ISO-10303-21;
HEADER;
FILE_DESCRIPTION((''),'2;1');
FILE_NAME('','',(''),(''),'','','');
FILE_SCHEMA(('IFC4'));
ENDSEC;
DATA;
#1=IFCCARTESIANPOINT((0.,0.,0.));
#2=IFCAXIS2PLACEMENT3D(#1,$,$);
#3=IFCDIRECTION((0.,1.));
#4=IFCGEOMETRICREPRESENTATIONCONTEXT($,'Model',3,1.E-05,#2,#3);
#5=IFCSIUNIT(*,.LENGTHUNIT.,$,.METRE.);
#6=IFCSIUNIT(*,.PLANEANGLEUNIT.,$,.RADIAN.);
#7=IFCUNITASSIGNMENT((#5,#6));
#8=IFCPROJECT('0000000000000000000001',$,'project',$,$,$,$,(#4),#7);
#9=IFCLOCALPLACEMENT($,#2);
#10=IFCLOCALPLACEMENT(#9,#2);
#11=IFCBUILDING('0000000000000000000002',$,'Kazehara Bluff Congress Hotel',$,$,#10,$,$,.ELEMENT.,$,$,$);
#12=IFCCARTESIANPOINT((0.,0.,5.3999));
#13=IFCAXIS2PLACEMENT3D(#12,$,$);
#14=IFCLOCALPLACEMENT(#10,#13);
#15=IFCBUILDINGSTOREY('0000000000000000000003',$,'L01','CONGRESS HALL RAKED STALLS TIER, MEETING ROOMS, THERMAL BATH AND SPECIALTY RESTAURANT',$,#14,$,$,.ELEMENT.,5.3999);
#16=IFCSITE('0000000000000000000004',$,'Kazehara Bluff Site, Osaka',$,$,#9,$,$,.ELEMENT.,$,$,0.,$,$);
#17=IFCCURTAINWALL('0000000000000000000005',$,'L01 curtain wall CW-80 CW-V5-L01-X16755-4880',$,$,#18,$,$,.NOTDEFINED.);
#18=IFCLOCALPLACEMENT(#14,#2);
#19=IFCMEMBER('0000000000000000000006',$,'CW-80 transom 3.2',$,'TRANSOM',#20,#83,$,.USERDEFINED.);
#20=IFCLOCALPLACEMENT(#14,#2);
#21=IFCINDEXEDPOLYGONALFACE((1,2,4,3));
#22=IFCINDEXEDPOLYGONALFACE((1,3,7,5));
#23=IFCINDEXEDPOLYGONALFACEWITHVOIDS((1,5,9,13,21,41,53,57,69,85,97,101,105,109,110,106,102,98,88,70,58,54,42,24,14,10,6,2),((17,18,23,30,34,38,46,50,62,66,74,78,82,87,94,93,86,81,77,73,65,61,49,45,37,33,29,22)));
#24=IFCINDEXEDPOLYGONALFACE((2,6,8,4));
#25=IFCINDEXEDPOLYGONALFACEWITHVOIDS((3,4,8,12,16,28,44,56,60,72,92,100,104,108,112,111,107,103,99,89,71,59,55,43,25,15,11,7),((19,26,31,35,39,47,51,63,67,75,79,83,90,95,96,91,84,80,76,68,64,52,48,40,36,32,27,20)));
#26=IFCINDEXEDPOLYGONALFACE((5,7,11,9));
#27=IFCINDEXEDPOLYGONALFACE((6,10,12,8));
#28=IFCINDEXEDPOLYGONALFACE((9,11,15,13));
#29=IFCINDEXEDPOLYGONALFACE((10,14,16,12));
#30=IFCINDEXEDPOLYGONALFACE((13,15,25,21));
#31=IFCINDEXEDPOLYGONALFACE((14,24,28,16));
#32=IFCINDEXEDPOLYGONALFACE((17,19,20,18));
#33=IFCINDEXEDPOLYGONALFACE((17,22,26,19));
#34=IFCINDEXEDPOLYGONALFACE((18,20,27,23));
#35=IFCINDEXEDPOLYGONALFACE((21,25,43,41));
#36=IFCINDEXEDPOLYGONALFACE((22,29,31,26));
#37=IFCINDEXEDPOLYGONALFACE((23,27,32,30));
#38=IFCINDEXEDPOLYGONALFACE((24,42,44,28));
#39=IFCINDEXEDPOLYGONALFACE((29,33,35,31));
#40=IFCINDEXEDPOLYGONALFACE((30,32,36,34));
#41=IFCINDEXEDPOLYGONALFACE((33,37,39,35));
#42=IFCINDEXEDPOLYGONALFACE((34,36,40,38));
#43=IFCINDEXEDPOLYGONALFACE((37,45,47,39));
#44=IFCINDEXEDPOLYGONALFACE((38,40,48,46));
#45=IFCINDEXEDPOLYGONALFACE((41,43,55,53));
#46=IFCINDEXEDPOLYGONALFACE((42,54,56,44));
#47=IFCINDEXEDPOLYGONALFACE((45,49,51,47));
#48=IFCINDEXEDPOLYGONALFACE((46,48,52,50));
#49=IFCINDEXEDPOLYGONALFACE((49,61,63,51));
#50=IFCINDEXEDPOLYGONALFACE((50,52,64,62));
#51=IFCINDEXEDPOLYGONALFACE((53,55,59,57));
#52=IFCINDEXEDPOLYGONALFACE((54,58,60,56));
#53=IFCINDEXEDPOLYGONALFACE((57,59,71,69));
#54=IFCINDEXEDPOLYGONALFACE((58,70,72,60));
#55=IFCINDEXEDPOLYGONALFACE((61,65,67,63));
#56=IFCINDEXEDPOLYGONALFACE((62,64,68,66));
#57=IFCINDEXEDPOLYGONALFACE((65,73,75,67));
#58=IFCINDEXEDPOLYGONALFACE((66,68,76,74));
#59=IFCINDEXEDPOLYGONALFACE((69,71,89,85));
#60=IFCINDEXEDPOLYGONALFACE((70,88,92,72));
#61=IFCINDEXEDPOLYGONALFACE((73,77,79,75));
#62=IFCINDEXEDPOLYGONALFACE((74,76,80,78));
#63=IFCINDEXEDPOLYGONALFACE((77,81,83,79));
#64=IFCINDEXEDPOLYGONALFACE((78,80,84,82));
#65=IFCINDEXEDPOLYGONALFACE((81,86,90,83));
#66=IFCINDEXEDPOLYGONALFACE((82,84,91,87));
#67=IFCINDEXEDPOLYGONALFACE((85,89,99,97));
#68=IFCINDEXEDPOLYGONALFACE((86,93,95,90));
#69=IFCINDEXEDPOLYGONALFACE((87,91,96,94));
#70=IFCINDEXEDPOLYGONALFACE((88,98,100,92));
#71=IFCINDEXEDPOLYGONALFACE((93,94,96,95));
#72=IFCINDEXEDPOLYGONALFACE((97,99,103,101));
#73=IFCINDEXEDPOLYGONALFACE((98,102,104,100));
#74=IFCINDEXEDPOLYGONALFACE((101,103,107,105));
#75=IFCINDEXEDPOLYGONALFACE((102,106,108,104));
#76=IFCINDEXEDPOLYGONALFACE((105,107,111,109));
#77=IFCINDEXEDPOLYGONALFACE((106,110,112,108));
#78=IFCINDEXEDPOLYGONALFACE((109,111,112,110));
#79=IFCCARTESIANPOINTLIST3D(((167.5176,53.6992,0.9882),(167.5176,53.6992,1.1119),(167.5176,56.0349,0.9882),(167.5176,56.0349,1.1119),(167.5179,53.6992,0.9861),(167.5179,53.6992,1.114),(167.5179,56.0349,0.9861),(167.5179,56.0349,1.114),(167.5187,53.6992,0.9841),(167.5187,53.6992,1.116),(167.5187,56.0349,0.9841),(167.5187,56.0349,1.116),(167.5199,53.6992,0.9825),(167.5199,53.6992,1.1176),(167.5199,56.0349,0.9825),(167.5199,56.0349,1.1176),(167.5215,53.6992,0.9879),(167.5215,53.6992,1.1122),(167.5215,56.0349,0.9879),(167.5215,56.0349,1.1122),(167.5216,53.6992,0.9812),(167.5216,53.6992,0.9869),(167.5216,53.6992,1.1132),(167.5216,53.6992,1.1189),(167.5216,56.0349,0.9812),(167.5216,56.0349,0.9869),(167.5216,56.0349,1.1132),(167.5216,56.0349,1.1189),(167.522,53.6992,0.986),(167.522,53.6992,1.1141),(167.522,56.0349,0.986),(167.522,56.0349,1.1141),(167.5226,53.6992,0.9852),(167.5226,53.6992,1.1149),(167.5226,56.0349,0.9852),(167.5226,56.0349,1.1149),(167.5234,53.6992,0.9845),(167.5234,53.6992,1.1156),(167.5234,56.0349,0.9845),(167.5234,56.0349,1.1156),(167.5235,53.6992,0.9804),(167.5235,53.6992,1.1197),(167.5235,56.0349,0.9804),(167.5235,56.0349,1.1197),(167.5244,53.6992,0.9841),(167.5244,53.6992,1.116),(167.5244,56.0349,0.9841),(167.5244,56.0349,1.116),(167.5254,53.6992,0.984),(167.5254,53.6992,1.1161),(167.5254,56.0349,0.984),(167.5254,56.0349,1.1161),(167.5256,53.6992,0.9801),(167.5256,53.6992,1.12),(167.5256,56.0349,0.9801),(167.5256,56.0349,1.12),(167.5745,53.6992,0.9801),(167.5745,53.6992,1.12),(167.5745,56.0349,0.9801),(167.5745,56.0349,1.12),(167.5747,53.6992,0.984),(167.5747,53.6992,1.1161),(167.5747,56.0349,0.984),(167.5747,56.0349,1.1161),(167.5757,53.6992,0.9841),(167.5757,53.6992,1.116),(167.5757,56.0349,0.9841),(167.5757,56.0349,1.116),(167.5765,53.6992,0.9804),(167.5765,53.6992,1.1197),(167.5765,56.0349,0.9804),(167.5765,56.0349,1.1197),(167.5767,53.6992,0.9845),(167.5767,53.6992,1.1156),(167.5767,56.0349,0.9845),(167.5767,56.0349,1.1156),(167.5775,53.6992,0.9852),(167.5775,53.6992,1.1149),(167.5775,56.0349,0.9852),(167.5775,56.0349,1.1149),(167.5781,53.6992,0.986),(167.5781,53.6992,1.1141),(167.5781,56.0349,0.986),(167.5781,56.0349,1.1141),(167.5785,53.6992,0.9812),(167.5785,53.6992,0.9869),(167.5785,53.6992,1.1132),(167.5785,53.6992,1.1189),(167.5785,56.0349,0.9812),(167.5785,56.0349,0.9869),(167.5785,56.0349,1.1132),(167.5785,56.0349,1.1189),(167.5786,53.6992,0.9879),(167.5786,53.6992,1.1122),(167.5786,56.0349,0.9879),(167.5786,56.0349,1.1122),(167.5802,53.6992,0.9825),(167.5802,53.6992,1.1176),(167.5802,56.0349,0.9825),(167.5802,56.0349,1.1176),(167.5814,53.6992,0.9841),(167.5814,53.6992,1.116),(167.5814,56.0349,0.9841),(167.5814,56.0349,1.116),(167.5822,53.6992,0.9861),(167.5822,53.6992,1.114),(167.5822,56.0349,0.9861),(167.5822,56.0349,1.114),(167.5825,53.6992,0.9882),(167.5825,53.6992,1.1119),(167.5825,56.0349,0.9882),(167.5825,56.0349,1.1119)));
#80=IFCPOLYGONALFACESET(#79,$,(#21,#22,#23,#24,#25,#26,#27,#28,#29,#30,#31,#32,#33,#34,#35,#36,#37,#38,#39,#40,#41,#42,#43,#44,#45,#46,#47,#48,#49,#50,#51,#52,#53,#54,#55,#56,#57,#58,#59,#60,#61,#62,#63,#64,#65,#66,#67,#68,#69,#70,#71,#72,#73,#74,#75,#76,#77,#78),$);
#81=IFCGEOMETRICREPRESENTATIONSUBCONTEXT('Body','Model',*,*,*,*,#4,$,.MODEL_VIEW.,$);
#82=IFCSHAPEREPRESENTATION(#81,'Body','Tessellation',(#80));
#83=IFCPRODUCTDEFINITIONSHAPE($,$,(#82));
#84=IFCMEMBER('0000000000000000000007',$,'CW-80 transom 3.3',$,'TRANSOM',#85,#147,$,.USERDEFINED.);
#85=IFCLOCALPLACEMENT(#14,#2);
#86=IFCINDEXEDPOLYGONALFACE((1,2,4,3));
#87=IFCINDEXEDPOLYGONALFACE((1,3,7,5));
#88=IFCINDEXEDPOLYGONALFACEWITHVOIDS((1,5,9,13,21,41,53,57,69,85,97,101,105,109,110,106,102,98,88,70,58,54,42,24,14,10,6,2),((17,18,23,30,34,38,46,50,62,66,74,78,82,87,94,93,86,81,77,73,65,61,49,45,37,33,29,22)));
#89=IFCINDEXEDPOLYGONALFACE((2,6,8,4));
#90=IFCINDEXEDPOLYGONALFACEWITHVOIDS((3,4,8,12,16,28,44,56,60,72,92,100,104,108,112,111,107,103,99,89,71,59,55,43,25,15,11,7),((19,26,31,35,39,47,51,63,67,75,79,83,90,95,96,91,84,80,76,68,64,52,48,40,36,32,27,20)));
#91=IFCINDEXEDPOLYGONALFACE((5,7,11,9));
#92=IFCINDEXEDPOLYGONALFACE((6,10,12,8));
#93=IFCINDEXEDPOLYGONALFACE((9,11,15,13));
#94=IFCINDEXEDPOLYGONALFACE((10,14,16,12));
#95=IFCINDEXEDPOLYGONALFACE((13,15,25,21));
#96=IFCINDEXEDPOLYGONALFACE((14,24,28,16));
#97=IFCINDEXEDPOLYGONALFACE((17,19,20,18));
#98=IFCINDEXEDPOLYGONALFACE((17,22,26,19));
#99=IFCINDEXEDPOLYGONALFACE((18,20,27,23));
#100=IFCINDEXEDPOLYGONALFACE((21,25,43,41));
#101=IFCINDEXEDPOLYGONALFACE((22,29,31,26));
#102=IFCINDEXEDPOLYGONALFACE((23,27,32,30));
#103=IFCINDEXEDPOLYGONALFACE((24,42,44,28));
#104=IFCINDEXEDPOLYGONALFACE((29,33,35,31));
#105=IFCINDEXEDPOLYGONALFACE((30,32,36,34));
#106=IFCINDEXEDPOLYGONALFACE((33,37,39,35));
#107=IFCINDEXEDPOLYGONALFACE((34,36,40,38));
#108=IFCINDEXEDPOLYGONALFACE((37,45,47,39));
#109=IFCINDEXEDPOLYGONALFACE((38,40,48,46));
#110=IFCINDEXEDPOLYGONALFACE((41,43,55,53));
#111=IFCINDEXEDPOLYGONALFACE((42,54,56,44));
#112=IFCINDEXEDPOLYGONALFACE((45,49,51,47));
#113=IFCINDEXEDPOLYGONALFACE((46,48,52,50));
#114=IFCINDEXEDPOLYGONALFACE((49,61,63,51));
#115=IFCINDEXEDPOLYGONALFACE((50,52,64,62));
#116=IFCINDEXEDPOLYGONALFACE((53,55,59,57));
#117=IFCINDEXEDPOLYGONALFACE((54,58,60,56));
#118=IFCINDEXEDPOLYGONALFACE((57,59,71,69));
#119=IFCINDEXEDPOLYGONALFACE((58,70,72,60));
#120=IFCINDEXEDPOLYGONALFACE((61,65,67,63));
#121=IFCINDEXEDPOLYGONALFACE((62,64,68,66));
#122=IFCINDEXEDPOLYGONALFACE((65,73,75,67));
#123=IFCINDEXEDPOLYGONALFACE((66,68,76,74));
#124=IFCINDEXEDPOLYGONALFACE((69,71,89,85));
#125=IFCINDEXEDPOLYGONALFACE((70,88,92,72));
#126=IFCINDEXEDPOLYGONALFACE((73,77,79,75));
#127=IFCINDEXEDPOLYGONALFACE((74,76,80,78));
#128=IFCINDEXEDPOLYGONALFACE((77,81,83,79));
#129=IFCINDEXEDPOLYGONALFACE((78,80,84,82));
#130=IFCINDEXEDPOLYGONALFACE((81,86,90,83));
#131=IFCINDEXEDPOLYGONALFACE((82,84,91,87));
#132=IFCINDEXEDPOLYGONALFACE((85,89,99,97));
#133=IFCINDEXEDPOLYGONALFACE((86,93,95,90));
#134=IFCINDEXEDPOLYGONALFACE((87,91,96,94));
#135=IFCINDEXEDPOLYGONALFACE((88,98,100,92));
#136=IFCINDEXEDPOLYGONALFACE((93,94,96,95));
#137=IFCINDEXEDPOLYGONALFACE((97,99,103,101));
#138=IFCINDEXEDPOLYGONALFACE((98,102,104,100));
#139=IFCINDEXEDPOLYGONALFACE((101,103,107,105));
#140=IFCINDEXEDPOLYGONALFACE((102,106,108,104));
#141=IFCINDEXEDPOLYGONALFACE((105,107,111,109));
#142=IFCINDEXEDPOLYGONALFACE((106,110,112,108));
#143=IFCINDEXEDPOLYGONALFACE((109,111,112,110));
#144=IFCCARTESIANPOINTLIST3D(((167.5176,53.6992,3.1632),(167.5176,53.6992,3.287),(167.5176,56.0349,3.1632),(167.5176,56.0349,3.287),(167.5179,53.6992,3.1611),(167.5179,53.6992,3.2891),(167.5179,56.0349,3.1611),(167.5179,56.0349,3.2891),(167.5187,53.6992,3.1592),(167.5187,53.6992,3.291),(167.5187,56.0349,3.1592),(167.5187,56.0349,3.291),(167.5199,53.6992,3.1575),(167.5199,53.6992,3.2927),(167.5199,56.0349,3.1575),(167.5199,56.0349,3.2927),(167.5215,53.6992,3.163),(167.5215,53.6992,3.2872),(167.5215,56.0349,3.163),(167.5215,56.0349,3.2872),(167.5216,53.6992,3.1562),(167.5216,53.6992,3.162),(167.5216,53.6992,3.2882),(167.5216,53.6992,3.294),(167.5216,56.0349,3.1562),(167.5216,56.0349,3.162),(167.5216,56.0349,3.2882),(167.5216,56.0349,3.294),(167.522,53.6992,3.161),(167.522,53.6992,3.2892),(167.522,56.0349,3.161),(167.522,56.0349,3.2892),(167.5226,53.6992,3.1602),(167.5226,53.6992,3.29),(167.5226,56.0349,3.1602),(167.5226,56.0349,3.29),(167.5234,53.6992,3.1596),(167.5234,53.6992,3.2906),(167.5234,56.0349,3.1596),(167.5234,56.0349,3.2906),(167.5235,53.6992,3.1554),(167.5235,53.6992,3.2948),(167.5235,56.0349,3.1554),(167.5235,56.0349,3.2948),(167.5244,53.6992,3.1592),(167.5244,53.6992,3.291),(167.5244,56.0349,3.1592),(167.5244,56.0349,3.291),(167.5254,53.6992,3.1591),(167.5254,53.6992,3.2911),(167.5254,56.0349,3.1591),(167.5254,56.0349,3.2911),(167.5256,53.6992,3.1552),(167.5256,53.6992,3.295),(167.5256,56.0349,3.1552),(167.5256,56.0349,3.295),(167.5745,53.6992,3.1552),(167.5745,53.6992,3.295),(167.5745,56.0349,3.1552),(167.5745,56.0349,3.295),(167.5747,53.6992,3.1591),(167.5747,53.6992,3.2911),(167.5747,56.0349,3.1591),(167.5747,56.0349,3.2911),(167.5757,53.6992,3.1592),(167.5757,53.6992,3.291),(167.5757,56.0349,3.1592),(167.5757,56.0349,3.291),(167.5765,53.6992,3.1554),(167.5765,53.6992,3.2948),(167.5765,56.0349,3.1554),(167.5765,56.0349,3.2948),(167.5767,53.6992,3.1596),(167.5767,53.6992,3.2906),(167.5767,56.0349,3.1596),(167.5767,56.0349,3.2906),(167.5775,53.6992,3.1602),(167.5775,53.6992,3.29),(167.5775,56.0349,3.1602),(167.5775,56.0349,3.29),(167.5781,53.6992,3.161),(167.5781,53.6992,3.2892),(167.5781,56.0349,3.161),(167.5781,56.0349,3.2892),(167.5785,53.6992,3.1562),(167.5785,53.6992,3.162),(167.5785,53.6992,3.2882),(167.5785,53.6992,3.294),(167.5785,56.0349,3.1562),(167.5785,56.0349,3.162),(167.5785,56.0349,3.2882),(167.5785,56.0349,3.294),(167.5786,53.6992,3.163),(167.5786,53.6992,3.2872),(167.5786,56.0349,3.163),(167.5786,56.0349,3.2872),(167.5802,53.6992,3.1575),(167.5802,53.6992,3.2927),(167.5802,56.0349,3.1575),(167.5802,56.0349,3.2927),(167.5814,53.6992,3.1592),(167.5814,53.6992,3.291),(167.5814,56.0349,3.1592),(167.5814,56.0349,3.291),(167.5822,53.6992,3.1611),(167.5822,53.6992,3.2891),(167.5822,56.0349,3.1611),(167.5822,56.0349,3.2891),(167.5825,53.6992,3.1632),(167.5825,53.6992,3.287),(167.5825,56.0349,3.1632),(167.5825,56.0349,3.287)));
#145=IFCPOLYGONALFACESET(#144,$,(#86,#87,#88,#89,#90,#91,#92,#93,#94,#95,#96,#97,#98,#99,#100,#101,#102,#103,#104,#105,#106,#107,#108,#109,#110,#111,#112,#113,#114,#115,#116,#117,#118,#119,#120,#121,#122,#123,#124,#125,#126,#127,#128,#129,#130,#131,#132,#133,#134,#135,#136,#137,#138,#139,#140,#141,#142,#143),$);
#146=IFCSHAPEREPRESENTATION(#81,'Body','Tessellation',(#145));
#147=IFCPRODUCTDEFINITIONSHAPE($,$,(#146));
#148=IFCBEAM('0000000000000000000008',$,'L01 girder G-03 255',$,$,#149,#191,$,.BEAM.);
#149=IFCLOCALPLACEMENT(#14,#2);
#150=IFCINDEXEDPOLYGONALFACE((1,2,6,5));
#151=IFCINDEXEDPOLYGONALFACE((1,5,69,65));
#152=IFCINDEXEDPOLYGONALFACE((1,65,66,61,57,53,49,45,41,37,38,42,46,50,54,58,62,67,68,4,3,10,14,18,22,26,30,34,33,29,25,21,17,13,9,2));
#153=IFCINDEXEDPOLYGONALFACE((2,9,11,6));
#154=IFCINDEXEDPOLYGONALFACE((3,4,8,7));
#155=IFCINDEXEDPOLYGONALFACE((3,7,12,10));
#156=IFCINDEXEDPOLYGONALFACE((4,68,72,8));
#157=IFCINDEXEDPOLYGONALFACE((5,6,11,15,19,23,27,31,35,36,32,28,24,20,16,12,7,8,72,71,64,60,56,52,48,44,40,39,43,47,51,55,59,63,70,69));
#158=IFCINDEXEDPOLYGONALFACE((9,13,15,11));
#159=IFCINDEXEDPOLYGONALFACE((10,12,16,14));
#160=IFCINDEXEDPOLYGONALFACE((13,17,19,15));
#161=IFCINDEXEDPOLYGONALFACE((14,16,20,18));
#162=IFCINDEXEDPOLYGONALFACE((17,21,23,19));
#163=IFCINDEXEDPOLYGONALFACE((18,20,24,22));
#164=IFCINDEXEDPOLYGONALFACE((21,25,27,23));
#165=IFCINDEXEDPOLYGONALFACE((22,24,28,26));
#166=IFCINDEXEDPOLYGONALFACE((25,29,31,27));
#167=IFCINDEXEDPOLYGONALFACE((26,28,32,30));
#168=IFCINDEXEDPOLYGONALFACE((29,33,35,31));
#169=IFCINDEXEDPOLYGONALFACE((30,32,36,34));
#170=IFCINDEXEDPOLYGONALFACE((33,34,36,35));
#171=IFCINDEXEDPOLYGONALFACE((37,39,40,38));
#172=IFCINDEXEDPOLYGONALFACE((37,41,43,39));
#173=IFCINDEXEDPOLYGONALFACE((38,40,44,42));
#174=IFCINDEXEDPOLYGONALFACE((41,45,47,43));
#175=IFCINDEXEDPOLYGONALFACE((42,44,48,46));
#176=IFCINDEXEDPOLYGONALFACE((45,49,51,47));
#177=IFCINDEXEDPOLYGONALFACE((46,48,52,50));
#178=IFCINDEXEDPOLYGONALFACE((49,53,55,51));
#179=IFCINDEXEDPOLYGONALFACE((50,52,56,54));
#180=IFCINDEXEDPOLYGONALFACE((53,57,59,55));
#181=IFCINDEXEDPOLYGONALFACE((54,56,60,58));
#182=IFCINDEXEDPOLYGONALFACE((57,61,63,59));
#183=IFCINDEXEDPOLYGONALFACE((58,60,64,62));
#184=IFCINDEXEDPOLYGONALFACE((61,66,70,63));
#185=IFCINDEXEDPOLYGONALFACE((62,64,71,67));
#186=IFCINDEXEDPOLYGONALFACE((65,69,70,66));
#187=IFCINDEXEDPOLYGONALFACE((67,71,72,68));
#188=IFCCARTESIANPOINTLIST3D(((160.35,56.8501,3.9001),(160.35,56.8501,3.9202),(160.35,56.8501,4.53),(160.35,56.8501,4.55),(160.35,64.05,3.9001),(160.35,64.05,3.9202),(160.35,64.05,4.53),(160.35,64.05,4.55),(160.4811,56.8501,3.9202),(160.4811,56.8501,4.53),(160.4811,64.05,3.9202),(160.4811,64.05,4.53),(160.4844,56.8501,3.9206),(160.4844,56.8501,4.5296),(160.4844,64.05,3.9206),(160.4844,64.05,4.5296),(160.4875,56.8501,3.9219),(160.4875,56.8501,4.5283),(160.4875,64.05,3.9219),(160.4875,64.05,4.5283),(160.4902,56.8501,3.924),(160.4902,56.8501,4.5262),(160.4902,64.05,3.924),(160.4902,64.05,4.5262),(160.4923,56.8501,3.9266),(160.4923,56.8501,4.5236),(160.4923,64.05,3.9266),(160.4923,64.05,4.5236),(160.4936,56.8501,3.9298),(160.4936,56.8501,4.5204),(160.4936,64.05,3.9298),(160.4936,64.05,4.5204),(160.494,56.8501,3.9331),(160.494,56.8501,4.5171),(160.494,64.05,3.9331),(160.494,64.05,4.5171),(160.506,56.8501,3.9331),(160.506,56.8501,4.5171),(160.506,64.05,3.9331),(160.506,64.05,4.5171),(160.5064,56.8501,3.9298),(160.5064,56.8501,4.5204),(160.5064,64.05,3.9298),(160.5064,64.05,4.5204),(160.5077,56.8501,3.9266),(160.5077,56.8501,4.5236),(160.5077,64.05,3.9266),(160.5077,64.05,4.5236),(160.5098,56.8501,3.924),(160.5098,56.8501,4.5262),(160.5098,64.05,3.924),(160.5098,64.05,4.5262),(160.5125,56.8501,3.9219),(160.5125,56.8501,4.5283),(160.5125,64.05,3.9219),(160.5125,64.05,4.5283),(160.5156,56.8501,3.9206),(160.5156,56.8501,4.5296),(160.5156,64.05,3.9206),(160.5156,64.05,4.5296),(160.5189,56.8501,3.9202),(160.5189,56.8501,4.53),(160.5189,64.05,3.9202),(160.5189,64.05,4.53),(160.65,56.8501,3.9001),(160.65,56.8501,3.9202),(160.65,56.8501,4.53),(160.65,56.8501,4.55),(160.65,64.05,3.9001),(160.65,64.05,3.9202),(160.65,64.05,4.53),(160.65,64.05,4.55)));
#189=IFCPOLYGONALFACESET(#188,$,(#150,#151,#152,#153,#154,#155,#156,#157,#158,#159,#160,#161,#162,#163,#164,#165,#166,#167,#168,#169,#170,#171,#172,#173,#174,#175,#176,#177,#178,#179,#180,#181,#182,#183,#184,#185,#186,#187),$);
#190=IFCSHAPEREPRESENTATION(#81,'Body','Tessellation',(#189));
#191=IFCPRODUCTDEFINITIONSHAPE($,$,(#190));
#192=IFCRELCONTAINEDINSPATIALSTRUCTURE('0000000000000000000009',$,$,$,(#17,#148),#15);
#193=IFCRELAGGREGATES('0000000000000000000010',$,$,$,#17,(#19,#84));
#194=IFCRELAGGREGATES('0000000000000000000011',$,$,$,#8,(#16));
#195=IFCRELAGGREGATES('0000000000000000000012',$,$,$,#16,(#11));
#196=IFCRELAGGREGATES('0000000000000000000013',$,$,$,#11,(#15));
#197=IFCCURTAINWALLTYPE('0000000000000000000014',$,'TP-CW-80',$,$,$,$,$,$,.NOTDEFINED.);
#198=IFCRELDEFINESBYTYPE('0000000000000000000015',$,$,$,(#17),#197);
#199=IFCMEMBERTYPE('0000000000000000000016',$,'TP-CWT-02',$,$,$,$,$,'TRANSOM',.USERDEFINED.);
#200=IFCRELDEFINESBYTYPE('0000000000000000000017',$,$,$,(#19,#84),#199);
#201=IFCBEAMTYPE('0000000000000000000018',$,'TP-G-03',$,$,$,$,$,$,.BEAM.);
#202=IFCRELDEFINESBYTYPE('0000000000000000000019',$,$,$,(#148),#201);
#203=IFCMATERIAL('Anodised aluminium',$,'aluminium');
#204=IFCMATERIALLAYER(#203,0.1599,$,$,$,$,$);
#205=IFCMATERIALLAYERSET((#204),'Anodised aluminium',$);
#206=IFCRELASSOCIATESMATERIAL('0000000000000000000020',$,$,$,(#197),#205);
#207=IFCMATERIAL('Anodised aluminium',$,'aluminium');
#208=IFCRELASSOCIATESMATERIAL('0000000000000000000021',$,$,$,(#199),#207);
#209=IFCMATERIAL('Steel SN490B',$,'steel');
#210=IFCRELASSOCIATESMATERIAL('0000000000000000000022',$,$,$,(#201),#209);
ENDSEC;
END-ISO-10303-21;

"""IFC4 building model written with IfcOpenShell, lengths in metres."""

from ifc_helpers import new_model, si_unit, direction, frame, origin, origin_2d, place, context, subcontext, project, spatial, hollow_rectangle, i_section, extrude, material, layer, layer_set, material_profile, profile_set, type_object, element, aggregate, save


model = new_model("IFC4")

# Units and contexts
model_context = context("Model", 3, precision=1e-05, world=origin(), true_north=direction((0.0, 1.0)))
body_context = subcontext(model_context, "Body", "Model", "MODEL_VIEW")
ifc_project = project(units=[si_unit("LENGTHUNIT", "METRE"), si_unit("PLANEANGLEUNIT", "RADIAN")], contexts=[model_context])

# Site, building, storey
site_placement = place(None, origin())
site = spatial("IfcSite", under=ifc_project, at=site_placement, Name="Kazehara Bluff Site, Osaka", CompositionType="ELEMENT", RefElevation=0.0)
building_placement = place(site_placement, origin())
building = spatial("IfcBuilding", under=site, at=building_placement, Name="Kazehara Bluff Congress Hotel", CompositionType="ELEMENT")
storey_placement = place(building_placement, frame((0.0, 0.0, 5.3999)))
storey = spatial("IfcBuildingStorey", under=building, at=storey_placement, Name="L01", Description="CONGRESS HALL RAKED STALLS TIER, MEETING ROOMS, THERMAL BATH AND SPECIALTY RESTAURANT", CompositionType="ELEMENT", Elevation=5.3999)

# Curtain wall, members
ifc_material_1 = material(Name="Anodised aluminium", Category="aluminium")
ifc_layer_1 = layer(ifc_material_1, 0.1599)
ifc_layer_set_1 = layer_set([ifc_layer_1], Name="Anodised aluminium")
curtain_wall_type = type_object("IfcCurtainWallType", Name="TP-CW-80", PredefinedType="NOTDEFINED", material=ifc_layer_set_1)
curtain_wall_placement = place(storey_placement, origin())
curtain_wall = element("IfcCurtainWall", 1, at=curtain_wall_placement, inside=storey, type_object=curtain_wall_type, Name="L01 curtain wall CW-80 CW-V5-L01-X16755-4880", PredefinedType="NOTDEFINED")
ifc_material_2 = material(Name="Anodised aluminium", Category="aluminium")
ifc_material_profile_1 = material_profile(ifc_material_2, hollow_rectangle(XDim=0.0649, YDim=0.1399, WallThickness=0.0039, InnerFilletRadius=0.0039, OuterFilletRadius=0.0081, at=origin_2d()))
ifc_profile_set_1 = profile_set([ifc_material_profile_1], Name="Anodised aluminium")
member_type_1 = type_object("IfcMemberType", Name="TP-CWT-02", ElementType="TRANSOM", PredefinedType="USERDEFINED", material=ifc_profile_set_1)
member_1_placement = place(storey_placement, frame((167.55, 53.6992, 1.05), z_axis=(0.0, 1.0, 0.0), x_axis=(-1.0, 0.0, 0.0)))
member_1 = element("IfcMember", 2, at=member_1_placement, type_object=member_type_1, Name="CW-80 transom 3.2", ObjectType="TRANSOM", PredefinedType="USERDEFINED", context=body_context, shape_type="SweptSolid", body=[
    extrude(hollow_rectangle(XDim=0.0649, YDim=0.1399, WallThickness=0.0039, InnerFilletRadius=0.0039, OuterFilletRadius=0.0081, at=origin_2d()), origin(), (0.0, 0.0, 1.0), 2.3357),
])
member_2_placement = place(storey_placement, frame((167.55, 53.6992, 3.2251), z_axis=(0.0, 1.0, 0.0), x_axis=(-1.0, 0.0, 0.0)))
member_2 = element("IfcMember", 3, at=member_2_placement, type_object=member_type_1, Name="CW-80 transom 3.3", ObjectType="TRANSOM", PredefinedType="USERDEFINED", context=body_context, shape_type="SweptSolid", body=[
    extrude(hollow_rectangle(XDim=0.0649, YDim=0.1399, WallThickness=0.0039, InnerFilletRadius=0.0039, OuterFilletRadius=0.0081, at=origin_2d()), origin(), (0.0, 0.0, 1.0), 2.3357),
])

# Beam
ifc_material_3 = material(Name="Steel SN490B", Category="steel")
ifc_material_profile_2 = material_profile(ifc_material_3, i_section(OverallWidth=0.3, OverallDepth=0.6499, WebThickness=0.012, FlangeThickness=0.02, FilletRadius=0.0129, at=origin_2d()))
ifc_profile_set_2 = profile_set([ifc_material_profile_2], Name="Steel SN490B")
beam_type_1 = type_object("IfcBeamType", Name="TP-G-03", PredefinedType="BEAM", material=ifc_profile_set_2)
beam_1_placement = place(storey_placement, frame((160.5, 56.8501, 4.2251), z_axis=(0.0, 1.0, 0.0), x_axis=(-1.0, 0.0, 0.0)))
element("IfcBeam", 4, at=beam_1_placement, inside=storey, type_object=beam_type_1, Name="L01 girder G-03 255", PredefinedType="BEAM", context=body_context, shape_type="SweptSolid", body=[
    extrude(i_section(OverallWidth=0.3, OverallDepth=0.6499, WebThickness=0.012, FlangeThickness=0.02, FilletRadius=0.0129, at=origin_2d()), origin(), (0.0, 0.0, 1.0), 7.2),
])

aggregate(curtain_wall, [member_1, member_2])

save(model, "model.ifc")
